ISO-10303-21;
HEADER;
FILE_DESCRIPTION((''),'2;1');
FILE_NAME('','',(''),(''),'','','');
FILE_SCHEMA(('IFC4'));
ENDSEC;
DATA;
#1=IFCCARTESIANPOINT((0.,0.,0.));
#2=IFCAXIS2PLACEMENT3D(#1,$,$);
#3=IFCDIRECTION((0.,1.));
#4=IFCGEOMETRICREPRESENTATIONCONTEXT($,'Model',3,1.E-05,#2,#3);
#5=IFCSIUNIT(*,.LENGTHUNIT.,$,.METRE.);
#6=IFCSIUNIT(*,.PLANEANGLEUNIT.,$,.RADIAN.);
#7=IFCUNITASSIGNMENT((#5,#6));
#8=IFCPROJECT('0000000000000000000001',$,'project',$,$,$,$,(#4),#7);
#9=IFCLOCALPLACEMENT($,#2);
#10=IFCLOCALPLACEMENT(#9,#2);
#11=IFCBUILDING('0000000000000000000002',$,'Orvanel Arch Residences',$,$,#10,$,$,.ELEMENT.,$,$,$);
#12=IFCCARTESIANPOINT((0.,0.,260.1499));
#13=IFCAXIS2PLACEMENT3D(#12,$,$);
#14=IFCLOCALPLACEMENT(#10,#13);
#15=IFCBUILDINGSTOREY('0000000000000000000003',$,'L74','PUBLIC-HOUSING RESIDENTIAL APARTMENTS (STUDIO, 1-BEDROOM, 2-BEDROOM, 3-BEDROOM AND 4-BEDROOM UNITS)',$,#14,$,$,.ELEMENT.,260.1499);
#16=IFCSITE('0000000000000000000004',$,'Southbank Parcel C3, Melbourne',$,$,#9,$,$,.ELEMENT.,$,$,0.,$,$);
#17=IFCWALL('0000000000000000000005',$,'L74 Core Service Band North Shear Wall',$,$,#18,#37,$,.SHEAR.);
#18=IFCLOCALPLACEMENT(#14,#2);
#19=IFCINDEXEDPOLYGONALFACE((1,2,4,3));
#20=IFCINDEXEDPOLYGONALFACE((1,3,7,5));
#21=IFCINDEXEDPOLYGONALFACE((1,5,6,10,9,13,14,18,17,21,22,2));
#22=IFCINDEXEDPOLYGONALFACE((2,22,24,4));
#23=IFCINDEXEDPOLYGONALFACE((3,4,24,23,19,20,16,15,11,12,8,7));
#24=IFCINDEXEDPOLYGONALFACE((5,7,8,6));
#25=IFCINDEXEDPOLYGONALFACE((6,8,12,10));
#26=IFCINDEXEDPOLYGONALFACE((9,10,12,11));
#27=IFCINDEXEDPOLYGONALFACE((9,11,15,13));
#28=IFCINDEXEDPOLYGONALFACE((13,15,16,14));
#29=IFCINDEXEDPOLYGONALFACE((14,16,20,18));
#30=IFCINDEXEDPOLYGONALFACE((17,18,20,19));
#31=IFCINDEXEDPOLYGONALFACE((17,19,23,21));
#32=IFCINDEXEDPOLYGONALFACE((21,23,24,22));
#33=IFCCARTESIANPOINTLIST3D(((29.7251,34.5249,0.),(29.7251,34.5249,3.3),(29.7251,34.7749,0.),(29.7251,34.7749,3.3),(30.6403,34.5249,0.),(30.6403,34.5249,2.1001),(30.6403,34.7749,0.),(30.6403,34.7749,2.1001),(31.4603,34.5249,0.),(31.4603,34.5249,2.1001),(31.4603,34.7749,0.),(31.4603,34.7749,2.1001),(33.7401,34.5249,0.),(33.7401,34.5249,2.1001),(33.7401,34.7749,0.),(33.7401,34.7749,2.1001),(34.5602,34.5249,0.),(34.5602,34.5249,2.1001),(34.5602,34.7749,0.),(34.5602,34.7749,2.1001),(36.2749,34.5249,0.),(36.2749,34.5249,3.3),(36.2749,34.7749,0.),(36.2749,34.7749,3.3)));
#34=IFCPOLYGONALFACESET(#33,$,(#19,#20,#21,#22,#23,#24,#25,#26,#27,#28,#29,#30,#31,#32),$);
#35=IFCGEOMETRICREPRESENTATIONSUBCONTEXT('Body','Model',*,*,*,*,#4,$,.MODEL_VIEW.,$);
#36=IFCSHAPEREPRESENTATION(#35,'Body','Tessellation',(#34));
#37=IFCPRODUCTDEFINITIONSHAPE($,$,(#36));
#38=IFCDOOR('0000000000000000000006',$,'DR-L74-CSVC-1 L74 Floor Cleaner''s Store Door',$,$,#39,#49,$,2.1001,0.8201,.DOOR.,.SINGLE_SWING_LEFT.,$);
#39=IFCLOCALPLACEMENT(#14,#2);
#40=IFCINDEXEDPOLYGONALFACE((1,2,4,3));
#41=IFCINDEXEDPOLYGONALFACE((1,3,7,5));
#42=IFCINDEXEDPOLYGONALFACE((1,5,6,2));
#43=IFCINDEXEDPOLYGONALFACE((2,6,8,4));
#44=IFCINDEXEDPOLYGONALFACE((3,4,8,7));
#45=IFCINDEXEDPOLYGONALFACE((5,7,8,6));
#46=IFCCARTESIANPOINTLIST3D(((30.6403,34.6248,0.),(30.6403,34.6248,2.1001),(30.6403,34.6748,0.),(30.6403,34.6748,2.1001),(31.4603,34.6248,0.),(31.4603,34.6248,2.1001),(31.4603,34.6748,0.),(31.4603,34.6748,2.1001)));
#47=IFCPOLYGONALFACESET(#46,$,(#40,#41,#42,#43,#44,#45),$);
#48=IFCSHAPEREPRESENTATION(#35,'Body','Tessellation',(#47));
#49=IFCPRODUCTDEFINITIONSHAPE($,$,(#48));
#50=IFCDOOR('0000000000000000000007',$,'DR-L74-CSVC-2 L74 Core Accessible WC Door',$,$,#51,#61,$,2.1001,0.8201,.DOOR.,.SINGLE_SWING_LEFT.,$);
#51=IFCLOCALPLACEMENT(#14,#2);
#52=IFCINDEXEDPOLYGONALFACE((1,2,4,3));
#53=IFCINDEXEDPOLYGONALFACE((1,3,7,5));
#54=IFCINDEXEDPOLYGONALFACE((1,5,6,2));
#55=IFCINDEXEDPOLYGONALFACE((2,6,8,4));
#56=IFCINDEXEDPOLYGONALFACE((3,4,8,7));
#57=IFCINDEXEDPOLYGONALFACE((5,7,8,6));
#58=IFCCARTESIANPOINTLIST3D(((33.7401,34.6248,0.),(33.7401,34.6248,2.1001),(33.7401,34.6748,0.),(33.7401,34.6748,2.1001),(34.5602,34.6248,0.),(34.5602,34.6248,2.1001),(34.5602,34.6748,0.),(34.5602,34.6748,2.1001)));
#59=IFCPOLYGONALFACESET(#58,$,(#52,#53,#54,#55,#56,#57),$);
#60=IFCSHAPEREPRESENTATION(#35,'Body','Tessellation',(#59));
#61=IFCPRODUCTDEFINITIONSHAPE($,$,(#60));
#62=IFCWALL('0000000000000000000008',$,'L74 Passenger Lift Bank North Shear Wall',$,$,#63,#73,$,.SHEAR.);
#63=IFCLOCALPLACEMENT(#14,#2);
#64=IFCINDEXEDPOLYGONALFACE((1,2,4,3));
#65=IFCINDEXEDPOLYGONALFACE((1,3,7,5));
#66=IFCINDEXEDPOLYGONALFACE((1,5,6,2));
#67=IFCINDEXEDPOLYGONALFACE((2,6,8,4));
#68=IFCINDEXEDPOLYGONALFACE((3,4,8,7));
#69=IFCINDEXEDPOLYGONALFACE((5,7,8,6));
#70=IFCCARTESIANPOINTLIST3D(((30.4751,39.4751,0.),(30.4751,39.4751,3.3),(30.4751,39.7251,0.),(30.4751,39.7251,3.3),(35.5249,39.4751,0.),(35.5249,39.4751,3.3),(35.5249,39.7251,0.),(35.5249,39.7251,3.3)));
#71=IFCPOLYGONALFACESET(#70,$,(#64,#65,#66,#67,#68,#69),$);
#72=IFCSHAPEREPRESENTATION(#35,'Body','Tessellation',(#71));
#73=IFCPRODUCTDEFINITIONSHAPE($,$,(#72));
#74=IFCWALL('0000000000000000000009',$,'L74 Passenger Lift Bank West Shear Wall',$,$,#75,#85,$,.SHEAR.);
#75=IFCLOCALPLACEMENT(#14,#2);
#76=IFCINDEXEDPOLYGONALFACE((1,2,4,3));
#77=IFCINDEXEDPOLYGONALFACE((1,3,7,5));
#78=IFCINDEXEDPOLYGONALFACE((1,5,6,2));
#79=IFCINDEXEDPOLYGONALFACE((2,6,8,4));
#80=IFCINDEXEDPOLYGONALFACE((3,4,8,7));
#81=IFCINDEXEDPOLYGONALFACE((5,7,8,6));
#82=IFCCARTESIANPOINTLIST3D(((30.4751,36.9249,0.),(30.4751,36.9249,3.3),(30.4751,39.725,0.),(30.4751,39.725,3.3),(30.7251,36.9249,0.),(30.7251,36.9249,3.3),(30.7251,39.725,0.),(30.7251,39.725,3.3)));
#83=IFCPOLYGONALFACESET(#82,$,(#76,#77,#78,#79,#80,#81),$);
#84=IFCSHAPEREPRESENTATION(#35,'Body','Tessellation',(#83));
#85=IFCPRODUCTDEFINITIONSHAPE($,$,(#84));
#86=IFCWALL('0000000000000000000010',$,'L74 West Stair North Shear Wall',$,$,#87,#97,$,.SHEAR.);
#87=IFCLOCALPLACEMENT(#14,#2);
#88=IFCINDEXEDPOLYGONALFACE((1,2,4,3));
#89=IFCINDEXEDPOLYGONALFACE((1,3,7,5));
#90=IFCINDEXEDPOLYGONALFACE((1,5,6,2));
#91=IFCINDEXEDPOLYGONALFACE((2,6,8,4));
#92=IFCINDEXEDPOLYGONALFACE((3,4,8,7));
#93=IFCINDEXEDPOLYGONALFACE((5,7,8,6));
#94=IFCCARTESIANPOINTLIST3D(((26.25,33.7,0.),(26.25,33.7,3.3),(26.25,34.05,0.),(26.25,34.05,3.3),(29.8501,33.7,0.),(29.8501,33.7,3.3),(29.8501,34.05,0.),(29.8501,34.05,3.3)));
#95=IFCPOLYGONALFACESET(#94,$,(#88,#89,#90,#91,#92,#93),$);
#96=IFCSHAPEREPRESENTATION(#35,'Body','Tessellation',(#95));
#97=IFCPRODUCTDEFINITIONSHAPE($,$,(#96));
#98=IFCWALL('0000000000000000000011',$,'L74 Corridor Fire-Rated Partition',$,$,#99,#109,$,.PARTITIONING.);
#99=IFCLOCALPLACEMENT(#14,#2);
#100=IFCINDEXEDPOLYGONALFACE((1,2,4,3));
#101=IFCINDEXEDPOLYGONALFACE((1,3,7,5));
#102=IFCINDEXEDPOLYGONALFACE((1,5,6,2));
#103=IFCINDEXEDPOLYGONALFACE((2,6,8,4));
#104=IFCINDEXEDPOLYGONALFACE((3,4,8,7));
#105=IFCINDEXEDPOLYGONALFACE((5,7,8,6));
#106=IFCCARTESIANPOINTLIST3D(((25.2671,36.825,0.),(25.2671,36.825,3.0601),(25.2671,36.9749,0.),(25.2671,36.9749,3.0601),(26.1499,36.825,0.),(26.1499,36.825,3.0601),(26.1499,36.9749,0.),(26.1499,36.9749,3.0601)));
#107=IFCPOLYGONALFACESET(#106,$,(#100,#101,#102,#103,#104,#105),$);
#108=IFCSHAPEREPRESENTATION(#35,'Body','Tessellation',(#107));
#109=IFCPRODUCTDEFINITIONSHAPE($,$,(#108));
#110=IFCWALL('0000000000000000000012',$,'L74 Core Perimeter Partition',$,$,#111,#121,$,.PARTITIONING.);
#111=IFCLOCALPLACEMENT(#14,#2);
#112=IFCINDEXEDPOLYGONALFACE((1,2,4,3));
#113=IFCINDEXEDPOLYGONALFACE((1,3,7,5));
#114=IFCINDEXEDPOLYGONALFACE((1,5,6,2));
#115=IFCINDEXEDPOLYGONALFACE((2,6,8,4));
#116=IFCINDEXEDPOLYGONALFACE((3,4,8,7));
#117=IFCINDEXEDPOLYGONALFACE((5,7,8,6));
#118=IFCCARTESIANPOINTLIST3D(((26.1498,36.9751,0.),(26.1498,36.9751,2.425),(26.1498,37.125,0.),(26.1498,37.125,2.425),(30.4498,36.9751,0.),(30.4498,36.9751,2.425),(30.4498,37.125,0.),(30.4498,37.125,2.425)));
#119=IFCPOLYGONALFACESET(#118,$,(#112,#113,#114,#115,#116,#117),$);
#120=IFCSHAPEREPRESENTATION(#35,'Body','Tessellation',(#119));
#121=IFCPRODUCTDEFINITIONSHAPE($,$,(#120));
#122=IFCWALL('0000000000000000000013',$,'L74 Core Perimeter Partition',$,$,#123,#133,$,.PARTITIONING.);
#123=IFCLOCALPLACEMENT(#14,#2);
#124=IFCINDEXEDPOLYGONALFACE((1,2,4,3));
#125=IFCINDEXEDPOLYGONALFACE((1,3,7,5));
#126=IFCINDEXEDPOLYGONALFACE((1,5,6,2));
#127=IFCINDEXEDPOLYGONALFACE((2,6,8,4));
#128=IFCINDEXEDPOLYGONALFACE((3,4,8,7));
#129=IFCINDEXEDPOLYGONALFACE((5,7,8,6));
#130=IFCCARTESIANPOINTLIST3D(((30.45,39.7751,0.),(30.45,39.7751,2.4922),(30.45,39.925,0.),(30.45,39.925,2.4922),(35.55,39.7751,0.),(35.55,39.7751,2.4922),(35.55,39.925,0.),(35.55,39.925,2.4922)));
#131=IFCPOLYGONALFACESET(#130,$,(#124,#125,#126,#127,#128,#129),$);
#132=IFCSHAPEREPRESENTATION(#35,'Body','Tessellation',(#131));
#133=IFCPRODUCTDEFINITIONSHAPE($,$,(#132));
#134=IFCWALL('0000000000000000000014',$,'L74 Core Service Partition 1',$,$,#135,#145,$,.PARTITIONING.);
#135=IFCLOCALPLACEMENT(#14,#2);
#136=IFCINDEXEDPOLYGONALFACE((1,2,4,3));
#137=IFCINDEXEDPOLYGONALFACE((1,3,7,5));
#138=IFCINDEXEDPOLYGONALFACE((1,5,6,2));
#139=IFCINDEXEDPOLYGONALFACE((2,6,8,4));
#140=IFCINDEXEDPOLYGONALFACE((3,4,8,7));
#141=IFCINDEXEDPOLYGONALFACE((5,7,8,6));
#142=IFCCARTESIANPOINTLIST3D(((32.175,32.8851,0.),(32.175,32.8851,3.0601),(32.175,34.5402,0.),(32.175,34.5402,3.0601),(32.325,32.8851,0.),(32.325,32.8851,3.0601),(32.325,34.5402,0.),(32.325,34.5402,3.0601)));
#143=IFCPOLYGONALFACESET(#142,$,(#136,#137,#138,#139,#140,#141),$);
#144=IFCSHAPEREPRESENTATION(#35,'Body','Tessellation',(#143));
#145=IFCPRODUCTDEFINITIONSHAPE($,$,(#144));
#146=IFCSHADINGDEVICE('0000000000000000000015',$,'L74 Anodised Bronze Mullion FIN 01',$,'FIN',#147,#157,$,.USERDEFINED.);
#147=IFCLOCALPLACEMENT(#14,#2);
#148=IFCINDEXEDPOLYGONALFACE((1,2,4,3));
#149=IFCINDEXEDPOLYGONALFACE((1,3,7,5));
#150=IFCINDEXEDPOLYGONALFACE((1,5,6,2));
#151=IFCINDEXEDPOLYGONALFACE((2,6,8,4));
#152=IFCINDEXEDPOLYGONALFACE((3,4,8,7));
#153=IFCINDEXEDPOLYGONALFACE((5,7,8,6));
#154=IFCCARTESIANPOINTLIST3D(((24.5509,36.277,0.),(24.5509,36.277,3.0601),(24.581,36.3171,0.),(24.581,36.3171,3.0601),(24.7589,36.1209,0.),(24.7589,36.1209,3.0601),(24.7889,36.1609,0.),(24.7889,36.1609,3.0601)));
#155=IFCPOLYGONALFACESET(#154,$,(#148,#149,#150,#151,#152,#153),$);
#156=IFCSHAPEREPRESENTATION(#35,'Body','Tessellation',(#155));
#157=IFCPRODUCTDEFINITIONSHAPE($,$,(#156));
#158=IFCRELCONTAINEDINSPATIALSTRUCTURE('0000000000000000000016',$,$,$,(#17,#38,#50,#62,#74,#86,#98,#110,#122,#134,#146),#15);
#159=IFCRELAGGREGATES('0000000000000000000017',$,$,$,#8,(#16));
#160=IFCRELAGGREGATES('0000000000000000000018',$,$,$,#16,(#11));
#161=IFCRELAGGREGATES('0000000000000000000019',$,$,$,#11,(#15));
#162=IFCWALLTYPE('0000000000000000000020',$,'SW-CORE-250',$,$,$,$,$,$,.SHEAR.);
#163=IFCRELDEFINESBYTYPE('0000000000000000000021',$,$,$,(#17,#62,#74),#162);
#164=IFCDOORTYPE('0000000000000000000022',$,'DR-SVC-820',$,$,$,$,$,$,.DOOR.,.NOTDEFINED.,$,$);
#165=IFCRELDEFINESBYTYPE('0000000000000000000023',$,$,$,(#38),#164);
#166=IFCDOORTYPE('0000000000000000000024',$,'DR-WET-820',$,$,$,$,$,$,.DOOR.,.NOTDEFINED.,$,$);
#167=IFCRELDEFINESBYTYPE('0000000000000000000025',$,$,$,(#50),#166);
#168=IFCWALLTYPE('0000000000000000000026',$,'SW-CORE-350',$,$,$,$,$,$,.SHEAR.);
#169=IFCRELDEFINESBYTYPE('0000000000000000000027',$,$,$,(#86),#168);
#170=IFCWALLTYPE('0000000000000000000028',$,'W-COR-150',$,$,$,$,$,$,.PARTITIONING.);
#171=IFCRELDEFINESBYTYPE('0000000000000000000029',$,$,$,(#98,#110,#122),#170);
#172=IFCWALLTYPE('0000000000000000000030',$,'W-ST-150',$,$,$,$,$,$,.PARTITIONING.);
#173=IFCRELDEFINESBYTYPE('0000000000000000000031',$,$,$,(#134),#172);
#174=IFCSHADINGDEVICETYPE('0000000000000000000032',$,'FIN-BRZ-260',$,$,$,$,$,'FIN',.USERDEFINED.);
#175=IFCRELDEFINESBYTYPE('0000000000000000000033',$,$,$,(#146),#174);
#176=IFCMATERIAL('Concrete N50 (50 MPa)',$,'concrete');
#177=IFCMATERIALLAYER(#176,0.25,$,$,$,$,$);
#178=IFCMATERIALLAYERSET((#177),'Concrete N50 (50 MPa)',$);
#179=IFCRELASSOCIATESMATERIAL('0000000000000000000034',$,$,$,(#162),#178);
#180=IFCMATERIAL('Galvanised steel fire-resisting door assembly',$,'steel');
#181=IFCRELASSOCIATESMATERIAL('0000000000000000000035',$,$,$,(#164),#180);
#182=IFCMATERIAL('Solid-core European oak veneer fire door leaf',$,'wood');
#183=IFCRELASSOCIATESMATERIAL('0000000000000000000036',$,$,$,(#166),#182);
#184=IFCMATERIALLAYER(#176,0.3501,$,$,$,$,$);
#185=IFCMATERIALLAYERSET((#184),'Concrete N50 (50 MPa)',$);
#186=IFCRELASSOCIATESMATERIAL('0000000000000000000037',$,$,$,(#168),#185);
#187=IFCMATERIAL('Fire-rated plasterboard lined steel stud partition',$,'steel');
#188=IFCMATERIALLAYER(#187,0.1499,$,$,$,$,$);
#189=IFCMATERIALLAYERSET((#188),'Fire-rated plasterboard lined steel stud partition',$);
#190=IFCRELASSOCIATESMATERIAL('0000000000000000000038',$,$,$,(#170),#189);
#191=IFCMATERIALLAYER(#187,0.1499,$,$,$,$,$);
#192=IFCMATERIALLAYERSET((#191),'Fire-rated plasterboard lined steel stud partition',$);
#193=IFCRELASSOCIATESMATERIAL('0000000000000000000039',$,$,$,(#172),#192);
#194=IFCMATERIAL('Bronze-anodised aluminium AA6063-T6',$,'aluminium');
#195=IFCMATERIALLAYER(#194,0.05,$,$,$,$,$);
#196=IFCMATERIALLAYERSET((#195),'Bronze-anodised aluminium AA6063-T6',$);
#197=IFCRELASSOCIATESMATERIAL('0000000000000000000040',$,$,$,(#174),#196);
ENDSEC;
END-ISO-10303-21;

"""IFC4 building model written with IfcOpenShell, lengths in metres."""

from ifc_helpers import new_model, si_unit, direction, frame, frame_2d, origin, origin_2d, place, context, subcontext, project, spatial, rectangle, extrude, material, layer, layer_set, type_object, element, fill, save


model = new_model("IFC4")

# Units and contexts
model_context = context("Model", 3, precision=1e-05, world=origin(), true_north=direction((0.0, 1.0)))
body_context = subcontext(model_context, "Body", "Model", "MODEL_VIEW")
ifc_project = project(units=[si_unit("LENGTHUNIT", "METRE"), si_unit("PLANEANGLEUNIT", "RADIAN")], contexts=[model_context])

# Site, building, storey
site_placement = place(None, origin())
site = spatial("IfcSite", under=ifc_project, at=site_placement, Name="Southbank Parcel C3, Melbourne", CompositionType="ELEMENT", RefElevation=0.0)
building_placement = place(site_placement, origin())
building = spatial("IfcBuilding", under=site, at=building_placement, Name="Orvanel Arch Residences", CompositionType="ELEMENT")
storey_placement = place(building_placement, frame((0.0, 0.0, 260.1499)))
storey = spatial("IfcBuildingStorey", under=building, at=storey_placement, Name="L74", Description="PUBLIC-HOUSING RESIDENTIAL APARTMENTS (STUDIO, 1-BEDROOM, 2-BEDROOM, 3-BEDROOM AND 4-BEDROOM UNITS)", CompositionType="ELEMENT", Elevation=260.1499)

# Shared definitions
ifc_material_1 = material(Name="Bronze-anodised aluminium AA6063-T6", Category="aluminium")

# Shared definitions
ifc_material_2 = material(Name="Concrete N50 (50 MPa)", Category="concrete")
ifc_layer_1 = layer(ifc_material_2, 0.25)
ifc_layer_set_1 = layer_set([ifc_layer_1], Name="Concrete N50 (50 MPa)")
wall_type_1 = type_object("IfcWallType", Name="SW-CORE-250", PredefinedType="SHEAR", material=ifc_layer_set_1)

# Wall, openings, doors
wall_1_placement = place(storey_placement, frame((29.7251, 34.6499, 0.0), z_axis=(0.0, 0.0, 1.0), x_axis=(1.0, 0.0, 0.0)))
wall_1 = element("IfcWall", 1, at=wall_1_placement, inside=storey, type_object=wall_type_1, Name="L74 Core Service Band North Shear Wall", PredefinedType="SHEAR", context=body_context, shape_type="SweptSolid", body=[
    extrude(rectangle(XDim=6.5498, YDim=0.25, at=frame_2d((3.2749, 0.0))), origin(), (0.0, 0.0, 1.0), 3.3),
])
opening_1_placement = place(wall_1_placement, frame((0.915, 0.0, 0.0)))
opening_1 = element("IfcOpeningElement", 2, at=opening_1_placement, cuts=wall_1, PredefinedType="OPENING", context=body_context, shape_type="SweptSolid", body=[
    extrude(rectangle(XDim=0.8201, YDim=2.1001, at=frame_2d((0.4102, 1.05))), frame((0.0, 0.135, 0.0), z_axis=(0.0, -1.0, 0.0), x_axis=(1.0, 0.0, 0.0)), (0.0, 0.0, 1.0), 0.27),
])
opening_2_placement = place(wall_1_placement, frame((4.0149, 0.0, 0.0)))
opening_2 = element("IfcOpeningElement", 3, at=opening_2_placement, cuts=wall_1, PredefinedType="OPENING", context=body_context, shape_type="SweptSolid", body=[
    extrude(rectangle(XDim=0.8201, YDim=2.1001, at=frame_2d((0.4102, 1.05))), frame((0.0, 0.135, 0.0), z_axis=(0.0, -1.0, 0.0), x_axis=(1.0, 0.0, 0.0)), (0.0, 0.0, 1.0), 0.27),
])
ifc_material_3 = material(Name="Galvanised steel fire-resisting door assembly", Category="steel")
door_type_1 = type_object("IfcDoorType", Name="DR-SVC-820", OperationType="NOTDEFINED", PredefinedType="DOOR", material=ifc_material_3)
door_1_placement = place(opening_1_placement, origin())
door_1 = element("IfcDoor", 4, at=door_1_placement, inside=storey, type_object=door_type_1, Name="DR-L74-CSVC-1 L74 Floor Cleaner's Store Door", OperationType="SINGLE_SWING_LEFT", OverallHeight=2.1001, OverallWidth=0.8201, PredefinedType="DOOR", context=body_context, shape_type="SweptSolid", body=[
    extrude(rectangle(XDim=0.8201, YDim=2.1001, at=frame_2d((0.4102, 1.05))), frame((0.0, 0.0249, 0.0), z_axis=(0.0, -1.0, 0.0), x_axis=(1.0, 0.0, 0.0)), (0.0, 0.0, 1.0), 0.05),
])
fill(opening_1, door_1)
ifc_material_4 = material(Name="Solid-core European oak veneer fire door leaf", Category="wood")
door_type_2 = type_object("IfcDoorType", Name="DR-WET-820", OperationType="NOTDEFINED", PredefinedType="DOOR", material=ifc_material_4)
door_2_placement = place(opening_2_placement, origin())
door_2 = element("IfcDoor", 5, at=door_2_placement, inside=storey, type_object=door_type_2, Name="DR-L74-CSVC-2 L74 Core Accessible WC Door", OperationType="SINGLE_SWING_LEFT", OverallHeight=2.1001, OverallWidth=0.8201, PredefinedType="DOOR", context=body_context, shape_type="SweptSolid", body=[
    extrude(rectangle(XDim=0.8201, YDim=2.1001, at=frame_2d((0.4102, 1.05))), frame((0.0, 0.0249, 0.0), z_axis=(0.0, -1.0, 0.0), x_axis=(1.0, 0.0, 0.0)), (0.0, 0.0, 1.0), 0.05),
])
fill(opening_2, door_2)

# Walls
wall_2_placement = place(storey_placement, frame((30.4751, 39.6001, 0.0), z_axis=(0.0, 0.0, 1.0), x_axis=(1.0, 0.0, 0.0)))
element("IfcWall", 6, at=wall_2_placement, inside=storey, type_object=wall_type_1, Name="L74 Passenger Lift Bank North Shear Wall", PredefinedType="SHEAR", context=body_context, shape_type="SweptSolid", body=[
    extrude(rectangle(XDim=5.0498, YDim=0.25, at=frame_2d((2.5249, 0.0))), origin(), (0.0, 0.0, 1.0), 3.3),
])
wall_3_placement = place(storey_placement, frame((30.6001, 36.925, 0.0), z_axis=(0.0, 0.0, 1.0), x_axis=(0.0, 1.0, 0.0)))
element("IfcWall", 7, at=wall_3_placement, inside=storey, type_object=wall_type_1, Name="L74 Passenger Lift Bank West Shear Wall", PredefinedType="SHEAR", context=body_context, shape_type="SweptSolid", body=[
    extrude(rectangle(XDim=2.8, YDim=0.25, at=frame_2d((1.3999, 0.0))), origin(), (0.0, 0.0, 1.0), 3.3),
])
ifc_layer_2 = layer(ifc_material_2, 0.3501)
ifc_layer_set_2 = layer_set([ifc_layer_2], Name="Concrete N50 (50 MPa)")
wall_type_2 = type_object("IfcWallType", Name="SW-CORE-350", PredefinedType="SHEAR", material=ifc_layer_set_2)
wall_4_placement = place(storey_placement, frame((26.25, 33.875, 0.0), z_axis=(0.0, 0.0, 1.0), x_axis=(1.0, 0.0, 0.0)))
element("IfcWall", 8, at=wall_4_placement, inside=storey, type_object=wall_type_2, Name="L74 West Stair North Shear Wall", PredefinedType="SHEAR", context=body_context, shape_type="SweptSolid", body=[
    extrude(rectangle(XDim=3.6001, YDim=0.3501, at=frame_2d((1.8, 0.0))), origin(), (0.0, 0.0, 1.0), 3.3),
])
ifc_material_5 = material(Name="Fire-rated plasterboard lined steel stud partition", Category="steel")
ifc_layer_3 = layer(ifc_material_5, 0.1499)
ifc_layer_set_3 = layer_set([ifc_layer_3], Name="Fire-rated plasterboard lined steel stud partition")
wall_type_3 = type_object("IfcWallType", Name="W-COR-150", PredefinedType="PARTITIONING", material=ifc_layer_set_3)
wall_5_placement = place(storey_placement, frame((25.2671, 36.8999, 0.0), z_axis=(0.0, 0.0, 1.0), x_axis=(1.0, 0.0, 0.0)))
element("IfcWall", 9, at=wall_5_placement, inside=storey, type_object=wall_type_3, Name="L74 Corridor Fire-Rated Partition", PredefinedType="PARTITIONING", context=body_context, shape_type="SweptSolid", body=[
    extrude(rectangle(XDim=0.8828, YDim=0.1499, at=frame_2d((0.4414, 0.0))), origin(), (0.0, 0.0, 1.0), 3.0601),
])
wall_6_placement = place(storey_placement, frame((26.1499, 37.05, 0.0), z_axis=(0.0, 0.0, 1.0), x_axis=(1.0, 0.0, 0.0)))
element("IfcWall", 10, at=wall_6_placement, inside=storey, type_object=wall_type_3, Name="L74 Core Perimeter Partition", PredefinedType="PARTITIONING", context=body_context, shape_type="SweptSolid", body=[
    extrude(rectangle(XDim=4.3, YDim=0.1499, at=frame_2d((2.1499, 0.0))), origin(), (0.0, 0.0, 1.0), 2.425),
])
wall_7_placement = place(storey_placement, frame((30.45, 39.8501, 0.0), z_axis=(0.0, 0.0, 1.0), x_axis=(1.0, 0.0, 0.0)))
element("IfcWall", 11, at=wall_7_placement, inside=storey, type_object=wall_type_3, Name="L74 Core Perimeter Partition", PredefinedType="PARTITIONING", context=body_context, shape_type="SweptSolid", body=[
    extrude(rectangle(XDim=5.1001, YDim=0.1499, at=frame_2d((2.55, 0.0))), origin(), (0.0, 0.0, 1.0), 2.4922),
])
ifc_layer_4 = layer(ifc_material_5, 0.1499)
ifc_layer_set_4 = layer_set([ifc_layer_4], Name="Fire-rated plasterboard lined steel stud partition")
wall_type_4 = type_object("IfcWallType", Name="W-ST-150", PredefinedType="PARTITIONING", material=ifc_layer_set_4)
wall_8_placement = place(storey_placement, frame((32.25, 32.885, 0.0), z_axis=(0.0, 0.0, 1.0), x_axis=(0.0, 1.0, 0.0)))
element("IfcWall", 12, at=wall_8_placement, inside=storey, type_object=wall_type_4, Name="L74 Core Service Partition 1", PredefinedType="PARTITIONING", context=body_context, shape_type="SweptSolid", body=[
    extrude(rectangle(XDim=1.655, YDim=0.1499, at=frame_2d((0.8276, 0.0))), origin(), (0.0, 0.0, 1.0), 3.0601),
])

# Shading device
ifc_layer_5 = layer(ifc_material_1, 0.05)
ifc_layer_set_5 = layer_set([ifc_layer_5], Name="Bronze-anodised aluminium AA6063-T6")
shading_device_type = type_object("IfcShadingDeviceType", Name="FIN-BRZ-260", ElementType="FIN", PredefinedType="USERDEFINED", material=ifc_layer_set_5)
shading_device_placement = place(storey_placement, frame((24.6699, 36.219, 0.0), z_axis=(0.0, 0.0, 1.0), x_axis=(-0.799685, 0.60042, 0.0)))
element("IfcShadingDevice", 13, at=shading_device_placement, inside=storey, type_object=shading_device_type, Name="L74 Anodised Bronze Mullion FIN 01", ObjectType="FIN", PredefinedType="USERDEFINED", context=body_context, shape_type="SweptSolid", body=[
    extrude(rectangle(XDim=0.26, YDim=0.05, at=origin_2d()), origin(), (0.0, 0.0, 1.0), 3.0601),
])

save(model, "model.ifc")
